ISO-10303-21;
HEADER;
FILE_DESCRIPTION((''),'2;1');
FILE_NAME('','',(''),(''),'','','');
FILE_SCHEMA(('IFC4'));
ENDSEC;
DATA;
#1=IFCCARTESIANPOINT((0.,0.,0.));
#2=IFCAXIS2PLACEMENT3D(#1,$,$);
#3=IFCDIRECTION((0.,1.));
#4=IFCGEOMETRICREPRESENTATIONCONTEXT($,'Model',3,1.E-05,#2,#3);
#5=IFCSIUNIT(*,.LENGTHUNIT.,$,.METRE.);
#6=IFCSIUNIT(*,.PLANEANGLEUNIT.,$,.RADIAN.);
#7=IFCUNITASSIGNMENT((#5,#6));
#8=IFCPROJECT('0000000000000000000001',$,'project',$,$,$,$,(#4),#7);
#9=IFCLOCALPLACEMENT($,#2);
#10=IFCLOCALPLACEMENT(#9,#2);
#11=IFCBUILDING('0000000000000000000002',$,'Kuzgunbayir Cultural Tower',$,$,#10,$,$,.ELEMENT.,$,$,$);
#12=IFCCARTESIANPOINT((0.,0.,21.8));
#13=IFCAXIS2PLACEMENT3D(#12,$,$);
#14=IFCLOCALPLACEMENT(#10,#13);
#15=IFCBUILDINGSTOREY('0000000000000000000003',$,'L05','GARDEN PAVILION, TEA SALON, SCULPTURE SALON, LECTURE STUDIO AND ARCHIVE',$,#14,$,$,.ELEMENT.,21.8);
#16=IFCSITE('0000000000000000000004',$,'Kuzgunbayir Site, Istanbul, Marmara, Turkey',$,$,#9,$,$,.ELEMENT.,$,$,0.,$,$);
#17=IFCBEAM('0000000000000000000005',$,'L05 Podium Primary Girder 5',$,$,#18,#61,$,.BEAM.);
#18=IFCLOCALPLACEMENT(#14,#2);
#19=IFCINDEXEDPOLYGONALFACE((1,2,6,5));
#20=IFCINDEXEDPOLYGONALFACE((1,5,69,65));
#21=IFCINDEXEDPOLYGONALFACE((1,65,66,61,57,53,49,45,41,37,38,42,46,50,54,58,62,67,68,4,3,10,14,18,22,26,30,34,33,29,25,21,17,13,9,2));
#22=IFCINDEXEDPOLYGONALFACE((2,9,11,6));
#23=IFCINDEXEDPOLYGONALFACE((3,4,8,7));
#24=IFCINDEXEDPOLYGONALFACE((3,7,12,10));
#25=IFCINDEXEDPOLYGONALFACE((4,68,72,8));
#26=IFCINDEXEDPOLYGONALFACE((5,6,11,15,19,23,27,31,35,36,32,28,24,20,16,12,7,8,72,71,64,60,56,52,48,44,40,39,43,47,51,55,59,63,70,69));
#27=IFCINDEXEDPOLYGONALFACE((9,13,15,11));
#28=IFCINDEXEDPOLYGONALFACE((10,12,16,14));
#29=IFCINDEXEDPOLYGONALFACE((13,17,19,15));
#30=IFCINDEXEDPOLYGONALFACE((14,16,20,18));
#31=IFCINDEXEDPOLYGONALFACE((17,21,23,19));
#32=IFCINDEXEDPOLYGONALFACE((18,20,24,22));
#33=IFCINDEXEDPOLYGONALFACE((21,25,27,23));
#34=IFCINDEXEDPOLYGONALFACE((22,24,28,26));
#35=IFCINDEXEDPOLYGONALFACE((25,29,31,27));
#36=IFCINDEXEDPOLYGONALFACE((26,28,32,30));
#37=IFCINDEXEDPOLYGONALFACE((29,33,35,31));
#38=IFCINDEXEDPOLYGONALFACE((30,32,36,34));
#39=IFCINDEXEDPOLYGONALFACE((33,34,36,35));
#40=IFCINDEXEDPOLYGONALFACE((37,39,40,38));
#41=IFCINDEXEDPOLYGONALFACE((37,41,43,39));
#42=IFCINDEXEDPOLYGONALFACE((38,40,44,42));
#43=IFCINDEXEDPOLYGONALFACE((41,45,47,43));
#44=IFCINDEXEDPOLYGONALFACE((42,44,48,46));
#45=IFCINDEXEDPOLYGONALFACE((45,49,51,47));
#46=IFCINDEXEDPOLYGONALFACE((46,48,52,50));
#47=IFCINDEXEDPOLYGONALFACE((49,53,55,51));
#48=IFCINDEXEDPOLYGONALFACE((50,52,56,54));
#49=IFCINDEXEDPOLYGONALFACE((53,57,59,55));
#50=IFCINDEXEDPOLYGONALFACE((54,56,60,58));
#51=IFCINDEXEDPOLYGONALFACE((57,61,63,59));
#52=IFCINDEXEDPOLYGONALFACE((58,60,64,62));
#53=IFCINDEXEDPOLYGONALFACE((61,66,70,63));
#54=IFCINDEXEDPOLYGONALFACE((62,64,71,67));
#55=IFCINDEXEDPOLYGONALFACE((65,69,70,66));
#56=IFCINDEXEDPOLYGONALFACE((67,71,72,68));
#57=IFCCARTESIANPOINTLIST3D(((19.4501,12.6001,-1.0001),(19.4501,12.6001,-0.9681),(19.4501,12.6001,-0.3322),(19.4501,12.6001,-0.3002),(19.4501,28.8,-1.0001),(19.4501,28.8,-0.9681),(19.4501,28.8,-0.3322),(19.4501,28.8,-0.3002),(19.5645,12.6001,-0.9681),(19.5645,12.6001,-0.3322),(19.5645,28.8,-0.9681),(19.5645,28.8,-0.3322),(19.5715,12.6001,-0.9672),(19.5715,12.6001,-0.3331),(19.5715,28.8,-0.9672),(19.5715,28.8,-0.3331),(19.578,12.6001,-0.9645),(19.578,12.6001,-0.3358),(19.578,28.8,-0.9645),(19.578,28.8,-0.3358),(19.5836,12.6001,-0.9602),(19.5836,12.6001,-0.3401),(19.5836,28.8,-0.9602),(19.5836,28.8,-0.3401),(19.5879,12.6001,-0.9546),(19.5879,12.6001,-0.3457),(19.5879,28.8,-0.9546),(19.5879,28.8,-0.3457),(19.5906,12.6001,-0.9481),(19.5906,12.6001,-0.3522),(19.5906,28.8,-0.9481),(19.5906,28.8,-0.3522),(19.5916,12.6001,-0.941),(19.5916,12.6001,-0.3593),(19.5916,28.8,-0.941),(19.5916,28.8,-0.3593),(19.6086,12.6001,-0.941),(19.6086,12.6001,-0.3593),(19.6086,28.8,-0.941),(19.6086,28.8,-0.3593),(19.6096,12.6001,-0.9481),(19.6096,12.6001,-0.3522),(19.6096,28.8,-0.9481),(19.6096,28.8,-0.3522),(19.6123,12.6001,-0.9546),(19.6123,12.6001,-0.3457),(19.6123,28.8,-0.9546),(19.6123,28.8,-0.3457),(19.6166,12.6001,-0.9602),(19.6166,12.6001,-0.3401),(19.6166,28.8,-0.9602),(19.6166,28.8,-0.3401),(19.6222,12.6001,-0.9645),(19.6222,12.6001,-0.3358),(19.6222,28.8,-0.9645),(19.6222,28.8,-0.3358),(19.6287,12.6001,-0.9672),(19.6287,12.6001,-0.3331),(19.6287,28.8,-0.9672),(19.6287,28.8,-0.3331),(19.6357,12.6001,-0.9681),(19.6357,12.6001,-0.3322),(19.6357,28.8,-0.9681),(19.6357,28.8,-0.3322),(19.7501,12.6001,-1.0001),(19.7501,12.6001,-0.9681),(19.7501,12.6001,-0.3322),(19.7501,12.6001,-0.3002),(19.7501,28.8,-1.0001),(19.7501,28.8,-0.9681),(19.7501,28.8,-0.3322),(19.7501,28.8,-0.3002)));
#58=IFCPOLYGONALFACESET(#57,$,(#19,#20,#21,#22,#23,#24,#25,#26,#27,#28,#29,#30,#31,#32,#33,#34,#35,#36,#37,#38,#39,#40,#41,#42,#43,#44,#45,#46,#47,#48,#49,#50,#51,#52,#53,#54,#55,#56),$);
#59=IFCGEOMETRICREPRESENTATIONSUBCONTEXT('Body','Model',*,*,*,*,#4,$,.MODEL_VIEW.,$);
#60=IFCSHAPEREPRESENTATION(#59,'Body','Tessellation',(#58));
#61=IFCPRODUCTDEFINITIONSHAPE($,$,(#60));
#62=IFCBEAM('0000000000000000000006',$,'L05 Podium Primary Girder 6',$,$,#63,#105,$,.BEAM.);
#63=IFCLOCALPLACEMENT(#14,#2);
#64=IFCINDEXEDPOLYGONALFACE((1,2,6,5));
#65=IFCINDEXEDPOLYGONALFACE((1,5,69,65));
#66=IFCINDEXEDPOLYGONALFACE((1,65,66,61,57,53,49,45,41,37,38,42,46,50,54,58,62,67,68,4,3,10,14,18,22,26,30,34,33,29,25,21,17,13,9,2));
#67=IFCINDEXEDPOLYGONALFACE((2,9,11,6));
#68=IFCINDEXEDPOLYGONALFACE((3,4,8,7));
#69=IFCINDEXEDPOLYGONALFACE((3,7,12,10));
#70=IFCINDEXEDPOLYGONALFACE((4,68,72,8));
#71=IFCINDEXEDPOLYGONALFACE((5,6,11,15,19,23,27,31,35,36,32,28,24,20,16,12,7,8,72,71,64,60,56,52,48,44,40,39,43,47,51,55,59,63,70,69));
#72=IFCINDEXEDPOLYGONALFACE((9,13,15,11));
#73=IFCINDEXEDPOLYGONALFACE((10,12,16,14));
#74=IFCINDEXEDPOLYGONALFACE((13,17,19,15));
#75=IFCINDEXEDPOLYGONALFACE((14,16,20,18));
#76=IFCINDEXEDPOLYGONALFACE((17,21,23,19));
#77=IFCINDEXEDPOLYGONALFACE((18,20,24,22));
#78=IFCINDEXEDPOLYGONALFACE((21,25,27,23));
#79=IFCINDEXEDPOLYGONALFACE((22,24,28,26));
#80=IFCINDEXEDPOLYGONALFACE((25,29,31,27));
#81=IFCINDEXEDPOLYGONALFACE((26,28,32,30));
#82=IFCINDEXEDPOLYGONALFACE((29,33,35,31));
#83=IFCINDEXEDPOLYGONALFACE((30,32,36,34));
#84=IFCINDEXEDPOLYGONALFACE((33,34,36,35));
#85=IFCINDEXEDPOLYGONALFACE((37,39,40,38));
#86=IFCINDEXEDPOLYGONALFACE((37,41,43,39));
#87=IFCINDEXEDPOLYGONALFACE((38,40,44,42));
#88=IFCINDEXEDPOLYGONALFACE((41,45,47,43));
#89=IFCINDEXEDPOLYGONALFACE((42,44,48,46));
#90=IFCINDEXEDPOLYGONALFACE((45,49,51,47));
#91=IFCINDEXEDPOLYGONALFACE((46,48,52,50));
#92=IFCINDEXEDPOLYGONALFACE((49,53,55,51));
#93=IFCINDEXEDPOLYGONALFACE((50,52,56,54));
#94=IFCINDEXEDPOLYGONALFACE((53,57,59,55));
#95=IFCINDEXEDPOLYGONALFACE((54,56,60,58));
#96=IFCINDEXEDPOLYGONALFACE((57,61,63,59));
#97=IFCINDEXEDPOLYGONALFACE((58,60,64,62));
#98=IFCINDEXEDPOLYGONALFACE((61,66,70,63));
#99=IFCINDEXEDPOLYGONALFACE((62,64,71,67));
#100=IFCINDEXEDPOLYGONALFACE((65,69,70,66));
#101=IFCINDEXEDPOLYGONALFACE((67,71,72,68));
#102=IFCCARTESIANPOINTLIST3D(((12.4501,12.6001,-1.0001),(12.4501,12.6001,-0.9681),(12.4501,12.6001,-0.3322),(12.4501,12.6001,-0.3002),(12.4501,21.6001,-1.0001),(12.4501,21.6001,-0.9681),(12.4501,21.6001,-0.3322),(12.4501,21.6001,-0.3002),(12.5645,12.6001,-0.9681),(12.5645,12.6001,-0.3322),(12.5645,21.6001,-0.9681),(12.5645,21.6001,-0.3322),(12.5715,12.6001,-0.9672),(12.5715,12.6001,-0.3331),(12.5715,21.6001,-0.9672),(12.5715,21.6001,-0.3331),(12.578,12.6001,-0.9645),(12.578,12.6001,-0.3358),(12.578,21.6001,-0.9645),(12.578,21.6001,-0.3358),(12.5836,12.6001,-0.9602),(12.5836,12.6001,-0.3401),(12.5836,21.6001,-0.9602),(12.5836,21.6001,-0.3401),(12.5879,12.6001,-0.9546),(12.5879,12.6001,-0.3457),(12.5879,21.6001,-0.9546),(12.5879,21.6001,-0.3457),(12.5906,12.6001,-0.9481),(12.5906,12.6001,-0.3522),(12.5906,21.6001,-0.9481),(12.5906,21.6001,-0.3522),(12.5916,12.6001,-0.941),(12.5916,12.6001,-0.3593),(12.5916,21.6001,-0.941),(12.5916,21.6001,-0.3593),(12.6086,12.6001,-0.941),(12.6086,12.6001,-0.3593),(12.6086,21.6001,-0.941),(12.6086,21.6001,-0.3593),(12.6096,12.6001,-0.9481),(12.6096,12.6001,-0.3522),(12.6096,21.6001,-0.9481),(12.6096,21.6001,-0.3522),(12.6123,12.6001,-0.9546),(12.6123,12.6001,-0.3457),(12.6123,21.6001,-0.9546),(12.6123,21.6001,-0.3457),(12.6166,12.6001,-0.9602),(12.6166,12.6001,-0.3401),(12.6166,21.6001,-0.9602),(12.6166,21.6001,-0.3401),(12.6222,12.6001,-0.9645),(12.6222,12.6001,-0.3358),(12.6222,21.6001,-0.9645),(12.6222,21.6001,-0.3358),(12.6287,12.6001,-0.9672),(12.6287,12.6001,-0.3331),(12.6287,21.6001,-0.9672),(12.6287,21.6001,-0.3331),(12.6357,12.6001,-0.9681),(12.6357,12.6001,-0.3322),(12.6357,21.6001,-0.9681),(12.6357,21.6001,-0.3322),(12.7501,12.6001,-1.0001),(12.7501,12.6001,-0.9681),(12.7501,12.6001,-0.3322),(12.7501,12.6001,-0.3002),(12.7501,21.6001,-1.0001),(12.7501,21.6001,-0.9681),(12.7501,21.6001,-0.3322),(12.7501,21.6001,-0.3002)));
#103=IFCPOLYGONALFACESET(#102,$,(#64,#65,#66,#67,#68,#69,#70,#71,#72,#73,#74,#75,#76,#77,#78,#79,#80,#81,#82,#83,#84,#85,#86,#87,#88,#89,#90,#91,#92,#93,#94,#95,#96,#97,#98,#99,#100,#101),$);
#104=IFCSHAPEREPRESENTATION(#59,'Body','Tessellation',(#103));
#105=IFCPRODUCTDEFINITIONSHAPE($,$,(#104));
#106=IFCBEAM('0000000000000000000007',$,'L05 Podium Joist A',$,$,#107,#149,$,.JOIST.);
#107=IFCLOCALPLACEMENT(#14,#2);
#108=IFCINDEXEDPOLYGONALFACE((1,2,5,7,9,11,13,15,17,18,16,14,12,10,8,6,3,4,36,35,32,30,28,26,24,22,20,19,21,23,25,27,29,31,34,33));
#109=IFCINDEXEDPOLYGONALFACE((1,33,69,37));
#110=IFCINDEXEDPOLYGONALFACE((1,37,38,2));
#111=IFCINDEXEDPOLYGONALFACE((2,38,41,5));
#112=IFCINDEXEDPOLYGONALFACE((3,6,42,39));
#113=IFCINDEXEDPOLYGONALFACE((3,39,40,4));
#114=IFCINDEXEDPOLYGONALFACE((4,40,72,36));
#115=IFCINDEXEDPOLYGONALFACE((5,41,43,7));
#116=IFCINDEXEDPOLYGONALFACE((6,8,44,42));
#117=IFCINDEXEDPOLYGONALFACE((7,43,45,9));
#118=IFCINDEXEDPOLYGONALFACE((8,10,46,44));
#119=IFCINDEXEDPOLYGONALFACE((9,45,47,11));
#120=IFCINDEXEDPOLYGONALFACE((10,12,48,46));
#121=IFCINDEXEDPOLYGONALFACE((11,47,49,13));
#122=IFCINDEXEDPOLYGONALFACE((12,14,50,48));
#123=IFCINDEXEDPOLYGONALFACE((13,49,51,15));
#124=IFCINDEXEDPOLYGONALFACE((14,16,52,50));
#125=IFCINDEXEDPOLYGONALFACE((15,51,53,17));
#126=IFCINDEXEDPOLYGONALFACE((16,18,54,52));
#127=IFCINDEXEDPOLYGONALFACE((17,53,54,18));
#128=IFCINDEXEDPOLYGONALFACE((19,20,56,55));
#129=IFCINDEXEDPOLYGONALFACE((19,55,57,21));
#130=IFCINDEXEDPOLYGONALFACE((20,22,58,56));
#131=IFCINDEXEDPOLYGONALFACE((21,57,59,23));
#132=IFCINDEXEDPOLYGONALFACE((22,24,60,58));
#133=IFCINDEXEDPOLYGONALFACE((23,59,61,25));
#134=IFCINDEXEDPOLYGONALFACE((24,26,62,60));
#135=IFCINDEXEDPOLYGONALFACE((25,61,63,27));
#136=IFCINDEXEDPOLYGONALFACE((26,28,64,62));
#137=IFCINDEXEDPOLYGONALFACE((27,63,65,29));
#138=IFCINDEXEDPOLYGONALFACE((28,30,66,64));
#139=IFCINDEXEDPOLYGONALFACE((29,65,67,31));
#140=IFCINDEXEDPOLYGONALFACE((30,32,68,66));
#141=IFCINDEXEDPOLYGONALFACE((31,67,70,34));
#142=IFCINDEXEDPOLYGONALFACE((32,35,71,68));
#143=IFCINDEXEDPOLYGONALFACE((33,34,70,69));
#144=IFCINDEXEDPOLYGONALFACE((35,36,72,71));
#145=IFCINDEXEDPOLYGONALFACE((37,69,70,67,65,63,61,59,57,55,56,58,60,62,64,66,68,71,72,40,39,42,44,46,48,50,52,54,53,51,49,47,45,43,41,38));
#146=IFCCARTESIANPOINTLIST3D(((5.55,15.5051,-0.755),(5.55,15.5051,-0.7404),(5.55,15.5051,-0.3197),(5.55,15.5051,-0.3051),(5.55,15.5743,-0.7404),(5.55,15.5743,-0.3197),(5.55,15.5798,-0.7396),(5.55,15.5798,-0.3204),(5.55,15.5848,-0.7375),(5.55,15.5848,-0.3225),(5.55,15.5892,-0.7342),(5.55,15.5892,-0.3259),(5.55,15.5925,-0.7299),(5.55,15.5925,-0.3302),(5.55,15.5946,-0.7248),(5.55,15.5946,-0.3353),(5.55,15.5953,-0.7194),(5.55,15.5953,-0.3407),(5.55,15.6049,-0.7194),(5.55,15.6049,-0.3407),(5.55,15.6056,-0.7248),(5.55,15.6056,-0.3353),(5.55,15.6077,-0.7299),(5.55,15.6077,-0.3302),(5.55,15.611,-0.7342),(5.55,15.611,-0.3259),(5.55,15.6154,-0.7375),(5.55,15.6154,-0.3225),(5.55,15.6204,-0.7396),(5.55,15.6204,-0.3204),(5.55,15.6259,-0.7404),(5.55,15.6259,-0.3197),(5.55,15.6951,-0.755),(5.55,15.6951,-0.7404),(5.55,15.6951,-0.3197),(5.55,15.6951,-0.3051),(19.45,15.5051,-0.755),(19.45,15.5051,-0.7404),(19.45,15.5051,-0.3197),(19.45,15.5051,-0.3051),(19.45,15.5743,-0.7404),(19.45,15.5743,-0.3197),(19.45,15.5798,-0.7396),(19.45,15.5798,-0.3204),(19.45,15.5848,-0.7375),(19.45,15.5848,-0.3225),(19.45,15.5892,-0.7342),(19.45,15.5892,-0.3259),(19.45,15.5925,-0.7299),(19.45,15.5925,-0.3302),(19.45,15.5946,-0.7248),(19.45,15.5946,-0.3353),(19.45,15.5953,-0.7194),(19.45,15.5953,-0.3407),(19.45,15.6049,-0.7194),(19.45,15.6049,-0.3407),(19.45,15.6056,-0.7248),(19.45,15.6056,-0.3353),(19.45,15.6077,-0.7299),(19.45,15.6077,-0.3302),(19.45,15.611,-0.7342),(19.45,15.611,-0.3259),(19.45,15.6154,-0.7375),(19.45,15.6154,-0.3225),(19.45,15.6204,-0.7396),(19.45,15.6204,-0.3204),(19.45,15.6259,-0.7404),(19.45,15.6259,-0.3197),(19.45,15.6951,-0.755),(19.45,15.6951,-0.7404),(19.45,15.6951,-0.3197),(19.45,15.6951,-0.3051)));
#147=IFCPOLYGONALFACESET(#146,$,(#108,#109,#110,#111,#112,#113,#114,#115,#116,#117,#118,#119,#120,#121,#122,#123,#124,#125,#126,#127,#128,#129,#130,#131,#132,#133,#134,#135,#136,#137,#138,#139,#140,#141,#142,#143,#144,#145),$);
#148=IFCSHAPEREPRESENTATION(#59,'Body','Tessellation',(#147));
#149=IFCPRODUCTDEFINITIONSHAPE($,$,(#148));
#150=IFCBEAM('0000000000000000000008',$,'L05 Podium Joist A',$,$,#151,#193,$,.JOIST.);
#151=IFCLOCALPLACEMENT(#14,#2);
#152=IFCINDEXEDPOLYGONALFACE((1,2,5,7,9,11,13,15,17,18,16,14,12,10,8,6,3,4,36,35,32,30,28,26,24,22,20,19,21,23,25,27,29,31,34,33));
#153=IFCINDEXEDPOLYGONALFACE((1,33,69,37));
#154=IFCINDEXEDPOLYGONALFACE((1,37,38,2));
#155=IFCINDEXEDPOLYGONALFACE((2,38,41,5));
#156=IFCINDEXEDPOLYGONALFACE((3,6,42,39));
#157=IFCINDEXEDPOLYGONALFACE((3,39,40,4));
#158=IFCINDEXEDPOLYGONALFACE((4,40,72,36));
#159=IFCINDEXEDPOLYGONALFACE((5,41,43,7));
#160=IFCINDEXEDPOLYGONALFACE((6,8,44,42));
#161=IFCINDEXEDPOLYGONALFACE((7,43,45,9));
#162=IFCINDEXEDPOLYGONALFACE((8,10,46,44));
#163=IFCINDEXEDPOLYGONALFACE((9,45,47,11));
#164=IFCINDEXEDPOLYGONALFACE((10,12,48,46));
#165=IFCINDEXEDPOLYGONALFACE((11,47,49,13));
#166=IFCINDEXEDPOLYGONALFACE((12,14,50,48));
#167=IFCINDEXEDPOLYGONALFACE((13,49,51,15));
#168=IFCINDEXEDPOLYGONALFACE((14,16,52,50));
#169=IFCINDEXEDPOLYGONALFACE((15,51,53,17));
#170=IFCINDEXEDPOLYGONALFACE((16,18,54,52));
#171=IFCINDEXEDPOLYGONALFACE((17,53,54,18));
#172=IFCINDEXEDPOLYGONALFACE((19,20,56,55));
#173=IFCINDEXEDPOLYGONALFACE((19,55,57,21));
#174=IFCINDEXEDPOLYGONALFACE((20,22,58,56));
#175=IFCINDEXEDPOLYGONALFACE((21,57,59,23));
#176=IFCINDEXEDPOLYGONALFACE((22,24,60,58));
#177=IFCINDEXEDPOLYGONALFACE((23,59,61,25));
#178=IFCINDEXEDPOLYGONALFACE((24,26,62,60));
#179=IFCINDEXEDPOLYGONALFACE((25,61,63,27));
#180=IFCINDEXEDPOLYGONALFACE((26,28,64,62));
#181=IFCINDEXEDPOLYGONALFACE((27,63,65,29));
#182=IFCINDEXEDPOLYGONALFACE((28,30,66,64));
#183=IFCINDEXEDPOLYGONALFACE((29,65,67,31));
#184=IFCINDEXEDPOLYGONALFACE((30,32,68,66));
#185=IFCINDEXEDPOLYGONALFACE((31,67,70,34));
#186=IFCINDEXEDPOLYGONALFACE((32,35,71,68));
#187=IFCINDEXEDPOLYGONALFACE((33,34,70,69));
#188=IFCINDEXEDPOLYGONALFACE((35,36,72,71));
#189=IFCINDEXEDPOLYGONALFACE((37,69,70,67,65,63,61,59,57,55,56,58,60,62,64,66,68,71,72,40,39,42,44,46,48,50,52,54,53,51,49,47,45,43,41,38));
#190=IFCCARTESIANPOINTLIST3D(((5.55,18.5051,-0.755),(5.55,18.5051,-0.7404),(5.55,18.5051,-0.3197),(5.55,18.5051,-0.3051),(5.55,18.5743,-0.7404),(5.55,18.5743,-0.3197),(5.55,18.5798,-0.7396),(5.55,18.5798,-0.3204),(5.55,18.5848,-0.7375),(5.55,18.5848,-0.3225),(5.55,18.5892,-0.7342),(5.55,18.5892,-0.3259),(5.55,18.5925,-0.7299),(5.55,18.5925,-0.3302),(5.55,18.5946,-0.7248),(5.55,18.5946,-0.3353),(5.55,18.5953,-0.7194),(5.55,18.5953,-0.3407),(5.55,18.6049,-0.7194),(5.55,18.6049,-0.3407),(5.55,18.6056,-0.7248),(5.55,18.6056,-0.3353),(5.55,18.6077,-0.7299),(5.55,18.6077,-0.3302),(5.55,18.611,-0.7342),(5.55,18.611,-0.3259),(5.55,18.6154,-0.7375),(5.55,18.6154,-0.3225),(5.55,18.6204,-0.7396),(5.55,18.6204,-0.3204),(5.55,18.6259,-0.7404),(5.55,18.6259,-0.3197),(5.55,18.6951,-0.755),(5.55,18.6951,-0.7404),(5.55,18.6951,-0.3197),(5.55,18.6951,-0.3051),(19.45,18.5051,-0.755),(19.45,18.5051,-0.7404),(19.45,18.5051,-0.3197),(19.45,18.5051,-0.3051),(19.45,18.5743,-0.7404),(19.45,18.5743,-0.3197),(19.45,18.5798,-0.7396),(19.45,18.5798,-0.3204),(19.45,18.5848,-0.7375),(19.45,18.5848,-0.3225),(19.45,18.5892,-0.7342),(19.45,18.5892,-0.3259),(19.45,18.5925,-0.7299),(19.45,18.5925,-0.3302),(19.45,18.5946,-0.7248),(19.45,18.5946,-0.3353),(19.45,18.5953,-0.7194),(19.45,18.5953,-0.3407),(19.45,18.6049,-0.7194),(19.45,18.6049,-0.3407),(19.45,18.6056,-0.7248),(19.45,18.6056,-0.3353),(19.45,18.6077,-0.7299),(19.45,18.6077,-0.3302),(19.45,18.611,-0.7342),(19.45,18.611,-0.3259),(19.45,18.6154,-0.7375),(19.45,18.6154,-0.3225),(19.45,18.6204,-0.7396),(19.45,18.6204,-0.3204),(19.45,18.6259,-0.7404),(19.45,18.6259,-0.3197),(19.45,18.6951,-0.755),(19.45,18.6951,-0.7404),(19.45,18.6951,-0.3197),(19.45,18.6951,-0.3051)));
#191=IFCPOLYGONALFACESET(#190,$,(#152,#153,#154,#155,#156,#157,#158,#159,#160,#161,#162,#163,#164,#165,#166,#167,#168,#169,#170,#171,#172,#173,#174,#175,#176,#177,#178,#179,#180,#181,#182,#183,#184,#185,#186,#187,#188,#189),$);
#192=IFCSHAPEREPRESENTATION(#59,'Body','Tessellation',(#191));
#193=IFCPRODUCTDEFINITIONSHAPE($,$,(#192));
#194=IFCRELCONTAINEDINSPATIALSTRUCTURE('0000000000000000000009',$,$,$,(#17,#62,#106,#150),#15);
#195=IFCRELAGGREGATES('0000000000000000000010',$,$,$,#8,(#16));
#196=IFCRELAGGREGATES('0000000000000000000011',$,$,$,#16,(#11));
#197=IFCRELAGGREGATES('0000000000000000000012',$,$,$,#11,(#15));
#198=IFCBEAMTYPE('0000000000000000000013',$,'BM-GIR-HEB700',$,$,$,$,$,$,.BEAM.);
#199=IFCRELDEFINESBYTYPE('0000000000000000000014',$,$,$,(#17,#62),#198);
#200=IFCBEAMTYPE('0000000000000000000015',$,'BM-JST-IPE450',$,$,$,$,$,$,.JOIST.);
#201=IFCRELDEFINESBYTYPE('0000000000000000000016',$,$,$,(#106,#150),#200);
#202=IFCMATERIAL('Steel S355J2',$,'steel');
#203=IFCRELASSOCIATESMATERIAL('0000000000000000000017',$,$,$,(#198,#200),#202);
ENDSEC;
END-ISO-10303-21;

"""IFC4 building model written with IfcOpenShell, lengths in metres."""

from ifc_helpers import new_model, si_unit, direction, frame, origin, origin_2d, place, context, subcontext, project, spatial, i_section, extrude, material, material_profile, profile_set, type_object, element, save


model = new_model("IFC4")

# Units and contexts
model_context = context("Model", 3, precision=1e-05, world=origin(), true_north=direction((0.0, 1.0)))
body_context = subcontext(model_context, "Body", "Model", "MODEL_VIEW")
ifc_project = project(units=[si_unit("LENGTHUNIT", "METRE"), si_unit("PLANEANGLEUNIT", "RADIAN")], contexts=[model_context])

# Site, building, storey
site_placement = place(None, origin())
site = spatial("IfcSite", under=ifc_project, at=site_placement, Name="Kuzgunbayir Site, Istanbul, Marmara, Turkey", CompositionType="ELEMENT", RefElevation=0.0)
building_placement = place(site_placement, origin())
building = spatial("IfcBuilding", under=site, at=building_placement, Name="Kuzgunbayir Cultural Tower", CompositionType="ELEMENT")
storey_placement = place(building_placement, frame((0.0, 0.0, 21.8)))
storey = spatial("IfcBuildingStorey", under=building, at=storey_placement, Name="L05", Description="GARDEN PAVILION, TEA SALON, SCULPTURE SALON, LECTURE STUDIO AND ARCHIVE", CompositionType="ELEMENT", Elevation=21.8)

# Beams
ifc_material_1 = material(Name="Steel S355J2", Category="steel")
ifc_material_profile_1 = material_profile(ifc_material_1, i_section(OverallWidth=0.3, OverallDepth=0.7, WebThickness=0.0171, FlangeThickness=0.032, FilletRadius=0.0271, at=origin_2d()), Name="HEB 700")
ifc_profile_set_1 = profile_set([ifc_material_profile_1], Name="Steel S355J2")
beam_type_1 = type_object("IfcBeamType", Name="BM-GIR-HEB700", PredefinedType="BEAM", material=ifc_profile_set_1)
for number, where, z_axis, x_axis, name in (
    (1, (19.6001, 12.6001, -0.6501), (0.0, 1.0, 0.0), (-1.0, 0.0, 0.0), "L05 Podium Primary Girder 5"),
):
    element("IfcBeam", number, at=place(storey_placement, frame(where, z_axis=z_axis, x_axis=x_axis)), inside=storey, type_object=beam_type_1, Name=name, PredefinedType="BEAM", context=body_context, shape_type="SweptSolid", body=[
        extrude(i_section(OverallWidth=0.3, OverallDepth=0.7, WebThickness=0.0171, FlangeThickness=0.032, FilletRadius=0.0271, at=origin_2d()), origin(), (0.0, 0.0, 1.0), 16.2),
    ])
beam_1_placement = place(storey_placement, frame((12.6001, 12.6001, -0.6501), z_axis=(0.0, 1.0, 0.0), x_axis=(-1.0, 0.0, 0.0)))
element("IfcBeam", 2, at=beam_1_placement, inside=storey, type_object=beam_type_1, Name="L05 Podium Primary Girder 6", PredefinedType="BEAM", context=body_context, shape_type="SweptSolid", body=[
    extrude(i_section(OverallWidth=0.3, OverallDepth=0.7, WebThickness=0.0171, FlangeThickness=0.032, FilletRadius=0.0271, at=origin_2d()), origin(), (0.0, 0.0, 1.0), 9.0),
])
ifc_material_profile_2 = material_profile(ifc_material_1, i_section(OverallWidth=0.1899, OverallDepth=0.45, WebThickness=0.0095, FlangeThickness=0.0146, FilletRadius=0.021, at=origin_2d()), Name="IPE 450")
ifc_profile_set_2 = profile_set([ifc_material_profile_2], Name="Steel S355J2")
beam_type_2 = type_object("IfcBeamType", Name="BM-JST-IPE450", PredefinedType="JOIST", material=ifc_profile_set_2)
for number, where, z_axis, x_axis, name in (
    (3, (5.55, 15.6001, -0.53), (1.0, 0.0, 0.0), (0.0, 1.0, 0.0), "L05 Podium Joist A"),
    (4, (5.55, 18.6001, -0.53), (1.0, 0.0, 0.0), (0.0, 1.0, 0.0), "L05 Podium Joist A"),
):
    element("IfcBeam", number, at=place(storey_placement, frame(where, z_axis=z_axis, x_axis=x_axis)), inside=storey, type_object=beam_type_2, Name=name, PredefinedType="JOIST", context=body_context, shape_type="SweptSolid", body=[
        extrude(i_section(OverallWidth=0.1899, OverallDepth=0.45, WebThickness=0.0095, FlangeThickness=0.0146, FilletRadius=0.021, at=origin_2d()), origin(), (0.0, 0.0, 1.0), 13.8999),
    ])

save(model, "model.ifc")
